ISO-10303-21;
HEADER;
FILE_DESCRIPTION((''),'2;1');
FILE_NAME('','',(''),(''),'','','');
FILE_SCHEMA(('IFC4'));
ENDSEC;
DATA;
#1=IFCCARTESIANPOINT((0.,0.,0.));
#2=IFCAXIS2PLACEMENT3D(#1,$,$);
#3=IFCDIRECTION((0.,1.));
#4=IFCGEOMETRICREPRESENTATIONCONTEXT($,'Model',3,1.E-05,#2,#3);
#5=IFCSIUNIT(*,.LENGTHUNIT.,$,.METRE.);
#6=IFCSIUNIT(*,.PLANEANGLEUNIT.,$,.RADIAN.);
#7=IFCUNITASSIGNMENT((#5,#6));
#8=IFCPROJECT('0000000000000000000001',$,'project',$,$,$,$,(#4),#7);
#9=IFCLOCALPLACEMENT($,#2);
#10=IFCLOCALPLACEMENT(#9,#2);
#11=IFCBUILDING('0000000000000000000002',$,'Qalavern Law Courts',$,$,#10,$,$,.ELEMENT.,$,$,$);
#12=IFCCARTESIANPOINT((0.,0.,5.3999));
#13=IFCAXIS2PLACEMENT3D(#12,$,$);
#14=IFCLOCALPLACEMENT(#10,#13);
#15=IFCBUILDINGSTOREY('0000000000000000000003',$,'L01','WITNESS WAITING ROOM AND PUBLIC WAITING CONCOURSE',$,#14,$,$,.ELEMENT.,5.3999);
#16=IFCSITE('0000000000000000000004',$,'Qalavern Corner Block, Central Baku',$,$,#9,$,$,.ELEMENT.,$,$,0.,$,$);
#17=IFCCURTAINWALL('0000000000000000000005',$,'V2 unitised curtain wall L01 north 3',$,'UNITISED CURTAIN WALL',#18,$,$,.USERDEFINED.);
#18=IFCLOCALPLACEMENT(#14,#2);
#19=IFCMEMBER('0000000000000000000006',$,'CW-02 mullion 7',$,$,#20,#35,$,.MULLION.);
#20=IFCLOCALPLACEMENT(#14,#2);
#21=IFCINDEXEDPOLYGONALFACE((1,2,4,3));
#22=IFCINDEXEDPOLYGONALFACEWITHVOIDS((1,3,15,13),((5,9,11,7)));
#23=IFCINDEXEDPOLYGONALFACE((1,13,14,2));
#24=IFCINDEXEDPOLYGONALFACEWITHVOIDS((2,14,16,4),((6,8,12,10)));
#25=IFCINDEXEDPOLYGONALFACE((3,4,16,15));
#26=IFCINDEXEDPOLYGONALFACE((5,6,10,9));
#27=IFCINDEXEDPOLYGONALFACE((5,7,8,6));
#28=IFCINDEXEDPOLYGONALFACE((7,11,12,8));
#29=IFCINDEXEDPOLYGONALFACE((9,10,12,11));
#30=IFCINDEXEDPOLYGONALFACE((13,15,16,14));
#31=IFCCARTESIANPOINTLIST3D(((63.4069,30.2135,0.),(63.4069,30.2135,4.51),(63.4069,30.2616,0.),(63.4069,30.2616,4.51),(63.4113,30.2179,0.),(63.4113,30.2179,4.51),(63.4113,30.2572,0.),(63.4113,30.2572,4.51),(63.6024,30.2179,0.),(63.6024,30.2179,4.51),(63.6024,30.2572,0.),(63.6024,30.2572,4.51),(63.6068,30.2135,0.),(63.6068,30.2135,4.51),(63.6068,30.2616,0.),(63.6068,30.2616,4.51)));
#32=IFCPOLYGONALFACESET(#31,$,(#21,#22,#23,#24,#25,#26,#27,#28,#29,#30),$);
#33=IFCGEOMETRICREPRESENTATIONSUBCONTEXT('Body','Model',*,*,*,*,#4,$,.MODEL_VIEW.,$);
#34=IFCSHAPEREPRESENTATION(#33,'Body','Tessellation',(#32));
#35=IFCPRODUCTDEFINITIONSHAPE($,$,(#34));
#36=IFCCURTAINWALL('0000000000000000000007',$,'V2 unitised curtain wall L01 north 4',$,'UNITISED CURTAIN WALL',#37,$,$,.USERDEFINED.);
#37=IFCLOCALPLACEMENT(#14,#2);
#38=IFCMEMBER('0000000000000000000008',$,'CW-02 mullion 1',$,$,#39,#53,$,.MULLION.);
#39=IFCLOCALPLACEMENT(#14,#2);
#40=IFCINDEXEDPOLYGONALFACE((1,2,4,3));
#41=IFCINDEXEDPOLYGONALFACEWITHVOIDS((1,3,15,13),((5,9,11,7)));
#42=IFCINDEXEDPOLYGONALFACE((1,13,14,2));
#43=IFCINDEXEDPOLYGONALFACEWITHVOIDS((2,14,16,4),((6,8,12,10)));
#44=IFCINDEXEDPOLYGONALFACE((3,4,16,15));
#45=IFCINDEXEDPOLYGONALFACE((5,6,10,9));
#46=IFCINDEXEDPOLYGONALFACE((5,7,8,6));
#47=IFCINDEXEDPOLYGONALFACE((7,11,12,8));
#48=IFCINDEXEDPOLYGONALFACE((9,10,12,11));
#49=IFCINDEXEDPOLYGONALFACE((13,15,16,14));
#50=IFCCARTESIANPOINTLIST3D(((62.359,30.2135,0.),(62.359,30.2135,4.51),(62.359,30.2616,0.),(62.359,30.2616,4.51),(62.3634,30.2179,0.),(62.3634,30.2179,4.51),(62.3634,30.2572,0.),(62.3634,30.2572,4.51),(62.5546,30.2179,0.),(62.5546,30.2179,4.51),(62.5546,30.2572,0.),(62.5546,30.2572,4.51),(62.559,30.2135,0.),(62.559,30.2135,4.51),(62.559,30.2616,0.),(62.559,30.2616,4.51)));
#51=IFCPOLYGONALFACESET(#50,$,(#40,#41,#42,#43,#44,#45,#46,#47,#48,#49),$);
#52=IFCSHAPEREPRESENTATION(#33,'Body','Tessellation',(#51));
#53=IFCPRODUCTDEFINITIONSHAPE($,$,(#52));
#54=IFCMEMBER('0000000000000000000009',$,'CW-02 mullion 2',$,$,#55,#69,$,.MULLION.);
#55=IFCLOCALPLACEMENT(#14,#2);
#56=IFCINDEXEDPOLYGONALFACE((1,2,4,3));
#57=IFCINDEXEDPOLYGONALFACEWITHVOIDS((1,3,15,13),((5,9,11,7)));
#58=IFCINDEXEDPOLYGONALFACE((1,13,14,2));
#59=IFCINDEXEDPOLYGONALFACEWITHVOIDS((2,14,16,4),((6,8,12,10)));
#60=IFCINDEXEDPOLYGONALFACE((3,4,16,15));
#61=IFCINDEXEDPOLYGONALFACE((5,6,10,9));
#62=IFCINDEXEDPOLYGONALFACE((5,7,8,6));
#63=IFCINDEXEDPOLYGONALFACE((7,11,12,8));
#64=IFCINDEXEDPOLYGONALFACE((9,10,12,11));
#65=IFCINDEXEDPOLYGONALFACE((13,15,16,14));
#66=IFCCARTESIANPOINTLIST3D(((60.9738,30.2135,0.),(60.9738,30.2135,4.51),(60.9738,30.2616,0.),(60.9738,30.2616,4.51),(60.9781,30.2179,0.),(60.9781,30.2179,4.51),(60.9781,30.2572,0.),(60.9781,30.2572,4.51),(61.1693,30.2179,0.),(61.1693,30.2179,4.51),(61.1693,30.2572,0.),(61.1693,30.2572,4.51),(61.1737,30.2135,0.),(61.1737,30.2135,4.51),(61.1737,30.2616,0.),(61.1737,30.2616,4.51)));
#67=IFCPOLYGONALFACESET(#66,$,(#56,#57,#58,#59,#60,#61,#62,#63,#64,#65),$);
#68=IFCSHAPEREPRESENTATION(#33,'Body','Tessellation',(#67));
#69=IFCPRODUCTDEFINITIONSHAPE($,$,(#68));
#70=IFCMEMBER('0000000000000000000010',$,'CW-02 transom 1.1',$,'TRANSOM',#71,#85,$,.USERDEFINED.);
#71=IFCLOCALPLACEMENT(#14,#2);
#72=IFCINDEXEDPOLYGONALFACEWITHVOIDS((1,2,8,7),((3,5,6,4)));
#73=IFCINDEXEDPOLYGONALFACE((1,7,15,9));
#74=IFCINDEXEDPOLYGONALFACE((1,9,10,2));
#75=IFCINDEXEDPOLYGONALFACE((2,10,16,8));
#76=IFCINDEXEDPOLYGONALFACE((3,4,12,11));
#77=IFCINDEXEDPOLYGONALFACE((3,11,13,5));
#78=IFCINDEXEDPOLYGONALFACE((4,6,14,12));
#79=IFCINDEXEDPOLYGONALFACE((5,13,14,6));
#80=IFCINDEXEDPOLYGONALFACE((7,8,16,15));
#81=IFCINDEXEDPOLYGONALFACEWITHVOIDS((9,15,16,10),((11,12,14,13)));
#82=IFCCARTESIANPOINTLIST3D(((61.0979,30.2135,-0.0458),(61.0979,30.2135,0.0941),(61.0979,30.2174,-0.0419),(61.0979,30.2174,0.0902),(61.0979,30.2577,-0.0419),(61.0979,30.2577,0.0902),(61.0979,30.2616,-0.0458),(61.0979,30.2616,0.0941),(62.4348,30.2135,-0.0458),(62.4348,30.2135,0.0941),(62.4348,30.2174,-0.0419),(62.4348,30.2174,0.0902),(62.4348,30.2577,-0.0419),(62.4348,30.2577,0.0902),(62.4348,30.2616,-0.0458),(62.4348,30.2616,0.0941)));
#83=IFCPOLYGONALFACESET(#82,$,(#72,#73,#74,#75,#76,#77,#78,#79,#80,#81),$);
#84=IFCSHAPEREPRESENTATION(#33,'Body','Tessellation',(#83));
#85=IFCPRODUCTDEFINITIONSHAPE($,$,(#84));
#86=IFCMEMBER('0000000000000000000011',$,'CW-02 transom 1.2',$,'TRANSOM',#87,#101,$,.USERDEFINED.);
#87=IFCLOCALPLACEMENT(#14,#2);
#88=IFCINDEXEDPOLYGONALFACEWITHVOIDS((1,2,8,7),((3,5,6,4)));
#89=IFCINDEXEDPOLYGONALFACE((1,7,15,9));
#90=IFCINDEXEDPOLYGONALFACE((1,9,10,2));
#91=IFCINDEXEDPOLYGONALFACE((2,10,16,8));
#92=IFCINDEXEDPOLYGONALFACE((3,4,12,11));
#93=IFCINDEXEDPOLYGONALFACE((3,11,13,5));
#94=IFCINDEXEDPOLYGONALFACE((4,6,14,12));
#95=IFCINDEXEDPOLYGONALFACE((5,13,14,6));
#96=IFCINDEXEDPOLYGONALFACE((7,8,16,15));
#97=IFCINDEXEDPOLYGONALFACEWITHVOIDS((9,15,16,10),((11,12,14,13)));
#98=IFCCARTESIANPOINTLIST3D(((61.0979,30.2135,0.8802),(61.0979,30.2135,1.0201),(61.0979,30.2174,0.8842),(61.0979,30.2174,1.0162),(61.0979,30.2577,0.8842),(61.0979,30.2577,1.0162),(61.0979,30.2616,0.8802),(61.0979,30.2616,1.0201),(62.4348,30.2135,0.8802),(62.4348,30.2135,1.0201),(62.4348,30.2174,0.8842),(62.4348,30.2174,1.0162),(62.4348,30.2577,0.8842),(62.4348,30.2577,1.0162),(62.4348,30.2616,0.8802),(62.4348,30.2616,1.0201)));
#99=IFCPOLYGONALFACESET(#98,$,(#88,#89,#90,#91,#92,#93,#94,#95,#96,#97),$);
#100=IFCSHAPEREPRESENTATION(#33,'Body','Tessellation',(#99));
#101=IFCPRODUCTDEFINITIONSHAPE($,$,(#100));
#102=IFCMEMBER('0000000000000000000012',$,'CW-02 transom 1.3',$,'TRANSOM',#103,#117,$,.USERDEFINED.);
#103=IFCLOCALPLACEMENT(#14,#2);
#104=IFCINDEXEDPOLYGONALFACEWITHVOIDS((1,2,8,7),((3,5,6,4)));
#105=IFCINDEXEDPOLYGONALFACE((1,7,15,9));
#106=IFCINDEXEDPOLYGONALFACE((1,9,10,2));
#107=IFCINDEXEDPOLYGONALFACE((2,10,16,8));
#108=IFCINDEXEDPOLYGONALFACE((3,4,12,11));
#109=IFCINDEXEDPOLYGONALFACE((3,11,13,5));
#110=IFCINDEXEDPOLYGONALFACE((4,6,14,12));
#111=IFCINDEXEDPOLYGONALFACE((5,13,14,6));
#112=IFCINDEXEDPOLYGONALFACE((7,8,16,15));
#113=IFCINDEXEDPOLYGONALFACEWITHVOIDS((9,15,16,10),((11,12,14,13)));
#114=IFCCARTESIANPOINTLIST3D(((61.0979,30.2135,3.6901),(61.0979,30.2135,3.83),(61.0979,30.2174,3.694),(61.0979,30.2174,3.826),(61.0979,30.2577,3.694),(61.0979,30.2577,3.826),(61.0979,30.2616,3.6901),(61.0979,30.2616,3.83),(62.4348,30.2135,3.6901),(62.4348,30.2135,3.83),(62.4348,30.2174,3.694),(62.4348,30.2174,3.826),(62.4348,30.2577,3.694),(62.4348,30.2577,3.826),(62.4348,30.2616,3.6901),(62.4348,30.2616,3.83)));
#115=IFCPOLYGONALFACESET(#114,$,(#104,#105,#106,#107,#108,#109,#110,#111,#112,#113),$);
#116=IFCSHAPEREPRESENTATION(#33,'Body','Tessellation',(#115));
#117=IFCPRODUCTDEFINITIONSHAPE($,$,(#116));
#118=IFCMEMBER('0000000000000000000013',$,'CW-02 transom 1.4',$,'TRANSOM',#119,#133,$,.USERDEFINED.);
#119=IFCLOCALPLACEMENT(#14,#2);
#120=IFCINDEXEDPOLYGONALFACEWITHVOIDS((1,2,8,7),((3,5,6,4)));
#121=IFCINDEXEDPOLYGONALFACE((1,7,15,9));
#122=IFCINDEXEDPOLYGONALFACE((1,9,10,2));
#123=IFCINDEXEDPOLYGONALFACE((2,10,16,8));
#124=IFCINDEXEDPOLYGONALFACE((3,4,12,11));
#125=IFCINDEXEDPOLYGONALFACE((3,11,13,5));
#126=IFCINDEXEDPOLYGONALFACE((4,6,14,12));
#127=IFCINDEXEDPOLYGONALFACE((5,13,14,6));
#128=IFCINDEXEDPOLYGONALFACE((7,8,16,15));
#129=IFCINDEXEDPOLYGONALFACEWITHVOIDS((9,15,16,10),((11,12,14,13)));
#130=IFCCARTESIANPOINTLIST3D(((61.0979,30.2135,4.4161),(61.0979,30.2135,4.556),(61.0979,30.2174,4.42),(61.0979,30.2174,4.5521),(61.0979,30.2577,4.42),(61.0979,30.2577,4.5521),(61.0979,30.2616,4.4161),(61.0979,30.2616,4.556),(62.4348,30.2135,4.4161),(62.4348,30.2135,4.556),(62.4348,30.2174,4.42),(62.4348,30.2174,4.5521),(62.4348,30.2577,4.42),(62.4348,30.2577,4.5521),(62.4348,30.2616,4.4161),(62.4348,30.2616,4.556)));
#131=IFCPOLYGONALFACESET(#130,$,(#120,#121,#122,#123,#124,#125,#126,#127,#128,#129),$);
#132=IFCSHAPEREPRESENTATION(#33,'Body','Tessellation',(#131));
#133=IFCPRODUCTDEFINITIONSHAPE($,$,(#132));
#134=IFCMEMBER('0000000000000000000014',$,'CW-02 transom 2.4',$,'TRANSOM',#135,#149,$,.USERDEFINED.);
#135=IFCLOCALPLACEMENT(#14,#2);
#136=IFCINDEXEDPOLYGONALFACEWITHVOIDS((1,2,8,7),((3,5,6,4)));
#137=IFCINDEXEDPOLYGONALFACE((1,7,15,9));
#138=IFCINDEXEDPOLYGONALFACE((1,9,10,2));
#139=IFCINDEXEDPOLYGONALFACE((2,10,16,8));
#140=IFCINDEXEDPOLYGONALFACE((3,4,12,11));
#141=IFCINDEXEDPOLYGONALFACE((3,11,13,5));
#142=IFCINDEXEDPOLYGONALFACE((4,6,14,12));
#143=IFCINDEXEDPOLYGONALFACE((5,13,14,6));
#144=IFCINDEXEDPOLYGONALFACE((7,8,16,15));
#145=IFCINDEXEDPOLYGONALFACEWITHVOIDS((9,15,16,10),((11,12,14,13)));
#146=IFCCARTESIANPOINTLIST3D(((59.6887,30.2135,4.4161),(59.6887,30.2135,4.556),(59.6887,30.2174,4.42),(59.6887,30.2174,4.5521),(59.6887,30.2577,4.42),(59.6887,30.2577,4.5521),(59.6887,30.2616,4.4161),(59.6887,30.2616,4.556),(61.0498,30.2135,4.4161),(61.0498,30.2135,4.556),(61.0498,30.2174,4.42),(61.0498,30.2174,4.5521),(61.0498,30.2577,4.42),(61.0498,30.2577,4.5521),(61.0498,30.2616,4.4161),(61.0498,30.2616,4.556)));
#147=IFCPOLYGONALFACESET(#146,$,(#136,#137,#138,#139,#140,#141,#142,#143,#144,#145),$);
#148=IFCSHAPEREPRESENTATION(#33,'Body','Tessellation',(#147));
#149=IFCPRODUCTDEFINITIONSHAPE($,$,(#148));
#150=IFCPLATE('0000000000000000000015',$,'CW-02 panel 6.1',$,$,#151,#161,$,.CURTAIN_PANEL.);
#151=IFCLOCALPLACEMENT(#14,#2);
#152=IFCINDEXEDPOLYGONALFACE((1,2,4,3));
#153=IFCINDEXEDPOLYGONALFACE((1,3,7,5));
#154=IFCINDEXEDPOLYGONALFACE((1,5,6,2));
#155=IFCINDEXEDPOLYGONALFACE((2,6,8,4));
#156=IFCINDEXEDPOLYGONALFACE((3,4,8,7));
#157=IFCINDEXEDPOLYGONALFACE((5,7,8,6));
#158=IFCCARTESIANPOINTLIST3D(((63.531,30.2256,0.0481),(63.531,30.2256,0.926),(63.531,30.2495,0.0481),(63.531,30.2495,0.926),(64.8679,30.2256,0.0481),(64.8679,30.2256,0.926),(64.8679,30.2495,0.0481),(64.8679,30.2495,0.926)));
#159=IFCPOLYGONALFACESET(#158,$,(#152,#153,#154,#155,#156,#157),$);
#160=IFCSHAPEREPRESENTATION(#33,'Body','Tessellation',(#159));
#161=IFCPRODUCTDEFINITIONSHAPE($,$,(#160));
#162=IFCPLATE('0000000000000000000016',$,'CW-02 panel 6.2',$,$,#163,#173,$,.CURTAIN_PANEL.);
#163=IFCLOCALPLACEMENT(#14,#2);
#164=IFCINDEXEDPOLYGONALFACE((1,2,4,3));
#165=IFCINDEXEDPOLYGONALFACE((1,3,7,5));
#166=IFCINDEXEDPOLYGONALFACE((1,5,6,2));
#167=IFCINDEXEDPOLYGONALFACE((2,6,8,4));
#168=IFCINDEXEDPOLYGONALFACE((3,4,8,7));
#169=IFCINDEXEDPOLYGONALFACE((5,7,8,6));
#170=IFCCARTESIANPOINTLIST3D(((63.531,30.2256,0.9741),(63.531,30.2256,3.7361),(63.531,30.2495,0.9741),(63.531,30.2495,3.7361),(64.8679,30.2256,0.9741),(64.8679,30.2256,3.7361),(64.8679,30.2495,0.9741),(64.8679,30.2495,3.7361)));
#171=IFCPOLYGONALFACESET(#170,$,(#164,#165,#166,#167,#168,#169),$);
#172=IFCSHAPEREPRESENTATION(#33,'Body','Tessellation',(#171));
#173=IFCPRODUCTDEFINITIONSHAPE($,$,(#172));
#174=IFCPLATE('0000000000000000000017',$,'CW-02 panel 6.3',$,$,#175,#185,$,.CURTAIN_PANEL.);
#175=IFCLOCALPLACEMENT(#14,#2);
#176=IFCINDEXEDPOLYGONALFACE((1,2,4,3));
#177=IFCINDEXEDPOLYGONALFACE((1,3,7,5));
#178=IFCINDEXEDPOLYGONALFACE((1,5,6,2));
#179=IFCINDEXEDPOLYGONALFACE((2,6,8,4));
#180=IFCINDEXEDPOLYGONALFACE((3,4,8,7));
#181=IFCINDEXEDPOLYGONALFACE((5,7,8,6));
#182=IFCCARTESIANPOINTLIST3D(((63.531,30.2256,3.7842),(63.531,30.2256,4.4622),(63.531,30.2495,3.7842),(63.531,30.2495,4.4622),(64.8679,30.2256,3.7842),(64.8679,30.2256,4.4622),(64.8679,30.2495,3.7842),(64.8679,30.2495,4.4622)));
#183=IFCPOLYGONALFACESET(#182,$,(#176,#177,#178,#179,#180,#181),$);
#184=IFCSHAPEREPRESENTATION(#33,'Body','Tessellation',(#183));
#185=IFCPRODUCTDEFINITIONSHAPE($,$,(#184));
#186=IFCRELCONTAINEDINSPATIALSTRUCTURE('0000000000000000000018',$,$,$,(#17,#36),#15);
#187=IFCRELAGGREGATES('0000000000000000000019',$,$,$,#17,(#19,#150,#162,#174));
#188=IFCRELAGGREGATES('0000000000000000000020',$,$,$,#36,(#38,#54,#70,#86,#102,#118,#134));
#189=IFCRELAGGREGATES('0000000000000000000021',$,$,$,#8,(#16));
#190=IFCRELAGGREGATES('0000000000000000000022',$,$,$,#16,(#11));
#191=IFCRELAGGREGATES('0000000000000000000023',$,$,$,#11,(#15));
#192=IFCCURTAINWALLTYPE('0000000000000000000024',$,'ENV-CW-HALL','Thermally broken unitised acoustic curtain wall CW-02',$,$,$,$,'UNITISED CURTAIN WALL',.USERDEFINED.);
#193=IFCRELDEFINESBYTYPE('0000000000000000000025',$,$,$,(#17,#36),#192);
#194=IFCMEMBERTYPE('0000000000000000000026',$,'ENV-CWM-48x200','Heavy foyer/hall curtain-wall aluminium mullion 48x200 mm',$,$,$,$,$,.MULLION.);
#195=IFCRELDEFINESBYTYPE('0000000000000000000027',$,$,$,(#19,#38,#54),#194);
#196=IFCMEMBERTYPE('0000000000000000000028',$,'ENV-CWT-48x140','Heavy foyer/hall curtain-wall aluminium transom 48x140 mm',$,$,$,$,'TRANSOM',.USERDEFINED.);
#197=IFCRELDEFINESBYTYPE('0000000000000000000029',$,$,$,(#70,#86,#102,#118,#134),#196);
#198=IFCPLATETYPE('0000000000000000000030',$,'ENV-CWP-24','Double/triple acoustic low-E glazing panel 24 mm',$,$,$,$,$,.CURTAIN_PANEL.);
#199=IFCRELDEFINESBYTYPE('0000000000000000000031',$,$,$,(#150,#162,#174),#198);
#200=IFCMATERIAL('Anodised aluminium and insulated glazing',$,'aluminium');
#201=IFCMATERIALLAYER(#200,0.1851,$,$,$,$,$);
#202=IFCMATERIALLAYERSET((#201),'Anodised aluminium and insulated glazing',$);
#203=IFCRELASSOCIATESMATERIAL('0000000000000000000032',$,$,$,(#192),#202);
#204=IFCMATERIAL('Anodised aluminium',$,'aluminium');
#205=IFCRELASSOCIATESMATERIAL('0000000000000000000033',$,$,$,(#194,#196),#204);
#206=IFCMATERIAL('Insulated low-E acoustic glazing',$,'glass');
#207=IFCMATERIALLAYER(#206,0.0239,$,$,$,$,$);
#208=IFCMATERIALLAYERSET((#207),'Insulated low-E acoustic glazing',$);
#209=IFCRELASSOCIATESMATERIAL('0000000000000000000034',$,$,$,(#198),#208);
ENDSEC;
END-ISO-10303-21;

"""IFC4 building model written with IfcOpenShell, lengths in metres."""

from ifc_helpers import new_model, si_unit, direction, frame, origin, origin_2d, place, context, subcontext, project, spatial, rectangle, hollow_rectangle, extrude, material, layer, layer_set, material_profile, profile_set, type_object, element, aggregate, save


model = new_model("IFC4")

# Units and contexts
model_context = context("Model", 3, precision=1e-05, world=origin(), true_north=direction((0.0, 1.0)))
body_context = subcontext(model_context, "Body", "Model", "MODEL_VIEW")
ifc_project = project(units=[si_unit("LENGTHUNIT", "METRE"), si_unit("PLANEANGLEUNIT", "RADIAN")], contexts=[model_context])

# Site, building, storey
site_placement = place(None, origin())
site = spatial("IfcSite", under=ifc_project, at=site_placement, Name="Qalavern Corner Block, Central Baku", CompositionType="ELEMENT", RefElevation=0.0)
building_placement = place(site_placement, origin())
building = spatial("IfcBuilding", under=site, at=building_placement, Name="Qalavern Law Courts", CompositionType="ELEMENT")
storey_placement = place(building_placement, frame((0.0, 0.0, 5.3999)))
storey = spatial("IfcBuildingStorey", under=building, at=storey_placement, Name="L01", Description="WITNESS WAITING ROOM AND PUBLIC WAITING CONCOURSE", CompositionType="ELEMENT", Elevation=5.3999)

# Curtain wall, member
ifc_material_1 = material(Name="Anodised aluminium and insulated glazing", Category="aluminium")
ifc_layer_1 = layer(ifc_material_1, 0.1851)
ifc_layer_set_1 = layer_set([ifc_layer_1], Name="Anodised aluminium and insulated glazing")
curtain_wall_type = type_object("IfcCurtainWallType", Name="ENV-CW-HALL", Description="Thermally broken unitised acoustic curtain wall CW-02", ElementType="UNITISED CURTAIN WALL", PredefinedType="USERDEFINED", material=ifc_layer_set_1)
curtain_wall_1_placement = place(storey_placement, origin())
curtain_wall_1 = element("IfcCurtainWall", 1, at=curtain_wall_1_placement, inside=storey, type_object=curtain_wall_type, Name="V2 unitised curtain wall L01 north 3", ObjectType="UNITISED CURTAIN WALL", PredefinedType="USERDEFINED")
ifc_material_2 = material(Name="Anodised aluminium", Category="aluminium")
ifc_material_profile_1 = material_profile(ifc_material_2, hollow_rectangle(XDim=0.0481, YDim=0.2, WallThickness=0.0044, at=origin_2d()), Name="ALU MULLION 48x200")
ifc_profile_set_1 = profile_set([ifc_material_profile_1], Name="Anodised aluminium")
member_type_1 = type_object("IfcMemberType", Name="ENV-CWM-48x200", Description="Heavy foyer/hall curtain-wall aluminium mullion 48x200 mm", PredefinedType="MULLION", material=ifc_profile_set_1)
member_1_placement = place(storey_placement, frame((63.5068, 30.2375, 0.0), z_axis=(0.0, 0.0, 1.0), x_axis=(0.0, -1.0, 0.0)))
member_1 = element("IfcMember", 2, at=member_1_placement, type_object=member_type_1, Name="CW-02 mullion 7", PredefinedType="MULLION", context=body_context, shape_type="SweptSolid", body=[
    extrude(hollow_rectangle(XDim=0.0481, YDim=0.2, WallThickness=0.0044, at=origin_2d()), origin(), (0.0, 0.0, 1.0), 4.51),
])

# Curtain wall, members
curtain_wall_2_placement = place(storey_placement, origin())
curtain_wall_2 = element("IfcCurtainWall", 3, at=curtain_wall_2_placement, inside=storey, type_object=curtain_wall_type, Name="V2 unitised curtain wall L01 north 4", ObjectType="UNITISED CURTAIN WALL", PredefinedType="USERDEFINED")
member_2_placement = place(storey_placement, frame((62.459, 30.2375, 0.0), z_axis=(0.0, 0.0, 1.0), x_axis=(0.0, -1.0, 0.0)))
member_2 = element("IfcMember", 4, at=member_2_placement, type_object=member_type_1, Name="CW-02 mullion 1", PredefinedType="MULLION", context=body_context, shape_type="SweptSolid", body=[
    extrude(hollow_rectangle(XDim=0.0481, YDim=0.2, WallThickness=0.0044, at=origin_2d()), origin(), (0.0, 0.0, 1.0), 4.51),
])
member_3_placement = place(storey_placement, frame((61.0737, 30.2375, 0.0), z_axis=(0.0, 0.0, 1.0), x_axis=(0.0, -1.0, 0.0)))
member_3 = element("IfcMember", 5, at=member_3_placement, type_object=member_type_1, Name="CW-02 mullion 2", PredefinedType="MULLION", context=body_context, shape_type="SweptSolid", body=[
    extrude(hollow_rectangle(XDim=0.0481, YDim=0.2, WallThickness=0.0044, at=origin_2d()), origin(), (0.0, 0.0, 1.0), 4.51),
])
ifc_material_profile_2 = material_profile(ifc_material_2, hollow_rectangle(XDim=0.0481, YDim=0.1399, WallThickness=0.0039, at=origin_2d()), Name="ALU TRANSOM 48x140")
ifc_profile_set_2 = profile_set([ifc_material_profile_2], Name="Anodised aluminium")
member_type_2 = type_object("IfcMemberType", Name="ENV-CWT-48x140", Description="Heavy foyer/hall curtain-wall aluminium transom 48x140 mm", ElementType="TRANSOM", PredefinedType="USERDEFINED", material=ifc_profile_set_2)
member_4_placement = place(storey_placement, frame((62.4348, 30.2375, 0.0242), z_axis=(-1.0, 0.0, 0.0), x_axis=(0.0, -1.0, 0.0)))
member_4 = element("IfcMember", 6, at=member_4_placement, type_object=member_type_2, Name="CW-02 transom 1.1", ObjectType="TRANSOM", PredefinedType="USERDEFINED", context=body_context, shape_type="SweptSolid", body=[
    extrude(hollow_rectangle(XDim=0.0481, YDim=0.1399, WallThickness=0.0039, at=origin_2d()), origin(), (0.0, 0.0, 1.0), 1.3369),
])
member_5_placement = place(storey_placement, frame((62.4348, 30.2375, 0.9502), z_axis=(-1.0, 0.0, 0.0), x_axis=(0.0, -1.0, 0.0)))
member_5 = element("IfcMember", 7, at=member_5_placement, type_object=member_type_2, Name="CW-02 transom 1.2", ObjectType="TRANSOM", PredefinedType="USERDEFINED", context=body_context, shape_type="SweptSolid", body=[
    extrude(hollow_rectangle(XDim=0.0481, YDim=0.1399, WallThickness=0.0039, at=origin_2d()), origin(), (0.0, 0.0, 1.0), 1.3369),
])
member_6_placement = place(storey_placement, frame((62.4348, 30.2375, 3.76), z_axis=(-1.0, 0.0, 0.0), x_axis=(0.0, -1.0, 0.0)))
member_6 = element("IfcMember", 8, at=member_6_placement, type_object=member_type_2, Name="CW-02 transom 1.3", ObjectType="TRANSOM", PredefinedType="USERDEFINED", context=body_context, shape_type="SweptSolid", body=[
    extrude(hollow_rectangle(XDim=0.0481, YDim=0.1399, WallThickness=0.0039, at=origin_2d()), origin(), (0.0, 0.0, 1.0), 1.3369),
])
member_7_placement = place(storey_placement, frame((62.4348, 30.2375, 4.4861), z_axis=(-1.0, 0.0, 0.0), x_axis=(0.0, -1.0, 0.0)))
member_7 = element("IfcMember", 9, at=member_7_placement, type_object=member_type_2, Name="CW-02 transom 1.4", ObjectType="TRANSOM", PredefinedType="USERDEFINED", context=body_context, shape_type="SweptSolid", body=[
    extrude(hollow_rectangle(XDim=0.0481, YDim=0.1399, WallThickness=0.0039, at=origin_2d()), origin(), (0.0, 0.0, 1.0), 1.3369),
])
member_8_placement = place(storey_placement, frame((61.0498, 30.2375, 4.4861), z_axis=(-1.0, 0.0, 0.0), x_axis=(0.0, -1.0, 0.0)))
member_8 = element("IfcMember", 10, at=member_8_placement, type_object=member_type_2, Name="CW-02 transom 2.4", ObjectType="TRANSOM", PredefinedType="USERDEFINED", context=body_context, shape_type="SweptSolid", body=[
    extrude(hollow_rectangle(XDim=0.0481, YDim=0.1399, WallThickness=0.0039, at=origin_2d()), origin(), (0.0, 0.0, 1.0), 1.3611),
])

# Plates
ifc_material_3 = material(Name="Insulated low-E acoustic glazing", Category="glass")
ifc_layer_2 = layer(ifc_material_3, 0.0239)
ifc_layer_set_2 = layer_set([ifc_layer_2], Name="Insulated low-E acoustic glazing")
plate_type_1 = type_object("IfcPlateType", Name="ENV-CWP-24", Description="Double/triple acoustic low-E glazing panel 24 mm", PredefinedType="CURTAIN_PANEL", material=ifc_layer_set_2)
plate_1_placement = place(storey_placement, frame((64.1995, 30.2375, 0.0481), z_axis=(0.0, 0.0, 1.0), x_axis=(-1.0, 0.0, 0.0)))
plate_1 = element("IfcPlate", 11, at=plate_1_placement, type_object=plate_type_1, Name="CW-02 panel 6.1", PredefinedType="CURTAIN_PANEL", context=body_context, shape_type="SweptSolid", body=[
    extrude(rectangle(XDim=1.3369, YDim=0.0239, at=origin_2d()), origin(), (0.0, 0.0, 1.0), 0.8779),
])
plate_2_placement = place(storey_placement, frame((64.1995, 30.2375, 0.9741), z_axis=(0.0, 0.0, 1.0), x_axis=(-1.0, 0.0, 0.0)))
plate_2 = element("IfcPlate", 12, at=plate_2_placement, type_object=plate_type_1, Name="CW-02 panel 6.2", PredefinedType="CURTAIN_PANEL", context=body_context, shape_type="SweptSolid", body=[
    extrude(rectangle(XDim=1.3369, YDim=0.0239, at=origin_2d()), origin(), (0.0, 0.0, 1.0), 2.762),
])
plate_3_placement = place(storey_placement, frame((64.1995, 30.2375, 3.7842), z_axis=(0.0, 0.0, 1.0), x_axis=(-1.0, 0.0, 0.0)))
plate_3 = element("IfcPlate", 13, at=plate_3_placement, type_object=plate_type_1, Name="CW-02 panel 6.3", PredefinedType="CURTAIN_PANEL", context=body_context, shape_type="SweptSolid", body=[
    extrude(rectangle(XDim=1.3369, YDim=0.0239, at=origin_2d()), origin(), (0.0, 0.0, 1.0), 0.678),
])
aggregate(curtain_wall_1, [member_1, plate_1, plate_2, plate_3])
aggregate(curtain_wall_2, [member_2, member_3, member_4, member_5, member_6, member_7, member_8])

save(model, "model.ifc")
